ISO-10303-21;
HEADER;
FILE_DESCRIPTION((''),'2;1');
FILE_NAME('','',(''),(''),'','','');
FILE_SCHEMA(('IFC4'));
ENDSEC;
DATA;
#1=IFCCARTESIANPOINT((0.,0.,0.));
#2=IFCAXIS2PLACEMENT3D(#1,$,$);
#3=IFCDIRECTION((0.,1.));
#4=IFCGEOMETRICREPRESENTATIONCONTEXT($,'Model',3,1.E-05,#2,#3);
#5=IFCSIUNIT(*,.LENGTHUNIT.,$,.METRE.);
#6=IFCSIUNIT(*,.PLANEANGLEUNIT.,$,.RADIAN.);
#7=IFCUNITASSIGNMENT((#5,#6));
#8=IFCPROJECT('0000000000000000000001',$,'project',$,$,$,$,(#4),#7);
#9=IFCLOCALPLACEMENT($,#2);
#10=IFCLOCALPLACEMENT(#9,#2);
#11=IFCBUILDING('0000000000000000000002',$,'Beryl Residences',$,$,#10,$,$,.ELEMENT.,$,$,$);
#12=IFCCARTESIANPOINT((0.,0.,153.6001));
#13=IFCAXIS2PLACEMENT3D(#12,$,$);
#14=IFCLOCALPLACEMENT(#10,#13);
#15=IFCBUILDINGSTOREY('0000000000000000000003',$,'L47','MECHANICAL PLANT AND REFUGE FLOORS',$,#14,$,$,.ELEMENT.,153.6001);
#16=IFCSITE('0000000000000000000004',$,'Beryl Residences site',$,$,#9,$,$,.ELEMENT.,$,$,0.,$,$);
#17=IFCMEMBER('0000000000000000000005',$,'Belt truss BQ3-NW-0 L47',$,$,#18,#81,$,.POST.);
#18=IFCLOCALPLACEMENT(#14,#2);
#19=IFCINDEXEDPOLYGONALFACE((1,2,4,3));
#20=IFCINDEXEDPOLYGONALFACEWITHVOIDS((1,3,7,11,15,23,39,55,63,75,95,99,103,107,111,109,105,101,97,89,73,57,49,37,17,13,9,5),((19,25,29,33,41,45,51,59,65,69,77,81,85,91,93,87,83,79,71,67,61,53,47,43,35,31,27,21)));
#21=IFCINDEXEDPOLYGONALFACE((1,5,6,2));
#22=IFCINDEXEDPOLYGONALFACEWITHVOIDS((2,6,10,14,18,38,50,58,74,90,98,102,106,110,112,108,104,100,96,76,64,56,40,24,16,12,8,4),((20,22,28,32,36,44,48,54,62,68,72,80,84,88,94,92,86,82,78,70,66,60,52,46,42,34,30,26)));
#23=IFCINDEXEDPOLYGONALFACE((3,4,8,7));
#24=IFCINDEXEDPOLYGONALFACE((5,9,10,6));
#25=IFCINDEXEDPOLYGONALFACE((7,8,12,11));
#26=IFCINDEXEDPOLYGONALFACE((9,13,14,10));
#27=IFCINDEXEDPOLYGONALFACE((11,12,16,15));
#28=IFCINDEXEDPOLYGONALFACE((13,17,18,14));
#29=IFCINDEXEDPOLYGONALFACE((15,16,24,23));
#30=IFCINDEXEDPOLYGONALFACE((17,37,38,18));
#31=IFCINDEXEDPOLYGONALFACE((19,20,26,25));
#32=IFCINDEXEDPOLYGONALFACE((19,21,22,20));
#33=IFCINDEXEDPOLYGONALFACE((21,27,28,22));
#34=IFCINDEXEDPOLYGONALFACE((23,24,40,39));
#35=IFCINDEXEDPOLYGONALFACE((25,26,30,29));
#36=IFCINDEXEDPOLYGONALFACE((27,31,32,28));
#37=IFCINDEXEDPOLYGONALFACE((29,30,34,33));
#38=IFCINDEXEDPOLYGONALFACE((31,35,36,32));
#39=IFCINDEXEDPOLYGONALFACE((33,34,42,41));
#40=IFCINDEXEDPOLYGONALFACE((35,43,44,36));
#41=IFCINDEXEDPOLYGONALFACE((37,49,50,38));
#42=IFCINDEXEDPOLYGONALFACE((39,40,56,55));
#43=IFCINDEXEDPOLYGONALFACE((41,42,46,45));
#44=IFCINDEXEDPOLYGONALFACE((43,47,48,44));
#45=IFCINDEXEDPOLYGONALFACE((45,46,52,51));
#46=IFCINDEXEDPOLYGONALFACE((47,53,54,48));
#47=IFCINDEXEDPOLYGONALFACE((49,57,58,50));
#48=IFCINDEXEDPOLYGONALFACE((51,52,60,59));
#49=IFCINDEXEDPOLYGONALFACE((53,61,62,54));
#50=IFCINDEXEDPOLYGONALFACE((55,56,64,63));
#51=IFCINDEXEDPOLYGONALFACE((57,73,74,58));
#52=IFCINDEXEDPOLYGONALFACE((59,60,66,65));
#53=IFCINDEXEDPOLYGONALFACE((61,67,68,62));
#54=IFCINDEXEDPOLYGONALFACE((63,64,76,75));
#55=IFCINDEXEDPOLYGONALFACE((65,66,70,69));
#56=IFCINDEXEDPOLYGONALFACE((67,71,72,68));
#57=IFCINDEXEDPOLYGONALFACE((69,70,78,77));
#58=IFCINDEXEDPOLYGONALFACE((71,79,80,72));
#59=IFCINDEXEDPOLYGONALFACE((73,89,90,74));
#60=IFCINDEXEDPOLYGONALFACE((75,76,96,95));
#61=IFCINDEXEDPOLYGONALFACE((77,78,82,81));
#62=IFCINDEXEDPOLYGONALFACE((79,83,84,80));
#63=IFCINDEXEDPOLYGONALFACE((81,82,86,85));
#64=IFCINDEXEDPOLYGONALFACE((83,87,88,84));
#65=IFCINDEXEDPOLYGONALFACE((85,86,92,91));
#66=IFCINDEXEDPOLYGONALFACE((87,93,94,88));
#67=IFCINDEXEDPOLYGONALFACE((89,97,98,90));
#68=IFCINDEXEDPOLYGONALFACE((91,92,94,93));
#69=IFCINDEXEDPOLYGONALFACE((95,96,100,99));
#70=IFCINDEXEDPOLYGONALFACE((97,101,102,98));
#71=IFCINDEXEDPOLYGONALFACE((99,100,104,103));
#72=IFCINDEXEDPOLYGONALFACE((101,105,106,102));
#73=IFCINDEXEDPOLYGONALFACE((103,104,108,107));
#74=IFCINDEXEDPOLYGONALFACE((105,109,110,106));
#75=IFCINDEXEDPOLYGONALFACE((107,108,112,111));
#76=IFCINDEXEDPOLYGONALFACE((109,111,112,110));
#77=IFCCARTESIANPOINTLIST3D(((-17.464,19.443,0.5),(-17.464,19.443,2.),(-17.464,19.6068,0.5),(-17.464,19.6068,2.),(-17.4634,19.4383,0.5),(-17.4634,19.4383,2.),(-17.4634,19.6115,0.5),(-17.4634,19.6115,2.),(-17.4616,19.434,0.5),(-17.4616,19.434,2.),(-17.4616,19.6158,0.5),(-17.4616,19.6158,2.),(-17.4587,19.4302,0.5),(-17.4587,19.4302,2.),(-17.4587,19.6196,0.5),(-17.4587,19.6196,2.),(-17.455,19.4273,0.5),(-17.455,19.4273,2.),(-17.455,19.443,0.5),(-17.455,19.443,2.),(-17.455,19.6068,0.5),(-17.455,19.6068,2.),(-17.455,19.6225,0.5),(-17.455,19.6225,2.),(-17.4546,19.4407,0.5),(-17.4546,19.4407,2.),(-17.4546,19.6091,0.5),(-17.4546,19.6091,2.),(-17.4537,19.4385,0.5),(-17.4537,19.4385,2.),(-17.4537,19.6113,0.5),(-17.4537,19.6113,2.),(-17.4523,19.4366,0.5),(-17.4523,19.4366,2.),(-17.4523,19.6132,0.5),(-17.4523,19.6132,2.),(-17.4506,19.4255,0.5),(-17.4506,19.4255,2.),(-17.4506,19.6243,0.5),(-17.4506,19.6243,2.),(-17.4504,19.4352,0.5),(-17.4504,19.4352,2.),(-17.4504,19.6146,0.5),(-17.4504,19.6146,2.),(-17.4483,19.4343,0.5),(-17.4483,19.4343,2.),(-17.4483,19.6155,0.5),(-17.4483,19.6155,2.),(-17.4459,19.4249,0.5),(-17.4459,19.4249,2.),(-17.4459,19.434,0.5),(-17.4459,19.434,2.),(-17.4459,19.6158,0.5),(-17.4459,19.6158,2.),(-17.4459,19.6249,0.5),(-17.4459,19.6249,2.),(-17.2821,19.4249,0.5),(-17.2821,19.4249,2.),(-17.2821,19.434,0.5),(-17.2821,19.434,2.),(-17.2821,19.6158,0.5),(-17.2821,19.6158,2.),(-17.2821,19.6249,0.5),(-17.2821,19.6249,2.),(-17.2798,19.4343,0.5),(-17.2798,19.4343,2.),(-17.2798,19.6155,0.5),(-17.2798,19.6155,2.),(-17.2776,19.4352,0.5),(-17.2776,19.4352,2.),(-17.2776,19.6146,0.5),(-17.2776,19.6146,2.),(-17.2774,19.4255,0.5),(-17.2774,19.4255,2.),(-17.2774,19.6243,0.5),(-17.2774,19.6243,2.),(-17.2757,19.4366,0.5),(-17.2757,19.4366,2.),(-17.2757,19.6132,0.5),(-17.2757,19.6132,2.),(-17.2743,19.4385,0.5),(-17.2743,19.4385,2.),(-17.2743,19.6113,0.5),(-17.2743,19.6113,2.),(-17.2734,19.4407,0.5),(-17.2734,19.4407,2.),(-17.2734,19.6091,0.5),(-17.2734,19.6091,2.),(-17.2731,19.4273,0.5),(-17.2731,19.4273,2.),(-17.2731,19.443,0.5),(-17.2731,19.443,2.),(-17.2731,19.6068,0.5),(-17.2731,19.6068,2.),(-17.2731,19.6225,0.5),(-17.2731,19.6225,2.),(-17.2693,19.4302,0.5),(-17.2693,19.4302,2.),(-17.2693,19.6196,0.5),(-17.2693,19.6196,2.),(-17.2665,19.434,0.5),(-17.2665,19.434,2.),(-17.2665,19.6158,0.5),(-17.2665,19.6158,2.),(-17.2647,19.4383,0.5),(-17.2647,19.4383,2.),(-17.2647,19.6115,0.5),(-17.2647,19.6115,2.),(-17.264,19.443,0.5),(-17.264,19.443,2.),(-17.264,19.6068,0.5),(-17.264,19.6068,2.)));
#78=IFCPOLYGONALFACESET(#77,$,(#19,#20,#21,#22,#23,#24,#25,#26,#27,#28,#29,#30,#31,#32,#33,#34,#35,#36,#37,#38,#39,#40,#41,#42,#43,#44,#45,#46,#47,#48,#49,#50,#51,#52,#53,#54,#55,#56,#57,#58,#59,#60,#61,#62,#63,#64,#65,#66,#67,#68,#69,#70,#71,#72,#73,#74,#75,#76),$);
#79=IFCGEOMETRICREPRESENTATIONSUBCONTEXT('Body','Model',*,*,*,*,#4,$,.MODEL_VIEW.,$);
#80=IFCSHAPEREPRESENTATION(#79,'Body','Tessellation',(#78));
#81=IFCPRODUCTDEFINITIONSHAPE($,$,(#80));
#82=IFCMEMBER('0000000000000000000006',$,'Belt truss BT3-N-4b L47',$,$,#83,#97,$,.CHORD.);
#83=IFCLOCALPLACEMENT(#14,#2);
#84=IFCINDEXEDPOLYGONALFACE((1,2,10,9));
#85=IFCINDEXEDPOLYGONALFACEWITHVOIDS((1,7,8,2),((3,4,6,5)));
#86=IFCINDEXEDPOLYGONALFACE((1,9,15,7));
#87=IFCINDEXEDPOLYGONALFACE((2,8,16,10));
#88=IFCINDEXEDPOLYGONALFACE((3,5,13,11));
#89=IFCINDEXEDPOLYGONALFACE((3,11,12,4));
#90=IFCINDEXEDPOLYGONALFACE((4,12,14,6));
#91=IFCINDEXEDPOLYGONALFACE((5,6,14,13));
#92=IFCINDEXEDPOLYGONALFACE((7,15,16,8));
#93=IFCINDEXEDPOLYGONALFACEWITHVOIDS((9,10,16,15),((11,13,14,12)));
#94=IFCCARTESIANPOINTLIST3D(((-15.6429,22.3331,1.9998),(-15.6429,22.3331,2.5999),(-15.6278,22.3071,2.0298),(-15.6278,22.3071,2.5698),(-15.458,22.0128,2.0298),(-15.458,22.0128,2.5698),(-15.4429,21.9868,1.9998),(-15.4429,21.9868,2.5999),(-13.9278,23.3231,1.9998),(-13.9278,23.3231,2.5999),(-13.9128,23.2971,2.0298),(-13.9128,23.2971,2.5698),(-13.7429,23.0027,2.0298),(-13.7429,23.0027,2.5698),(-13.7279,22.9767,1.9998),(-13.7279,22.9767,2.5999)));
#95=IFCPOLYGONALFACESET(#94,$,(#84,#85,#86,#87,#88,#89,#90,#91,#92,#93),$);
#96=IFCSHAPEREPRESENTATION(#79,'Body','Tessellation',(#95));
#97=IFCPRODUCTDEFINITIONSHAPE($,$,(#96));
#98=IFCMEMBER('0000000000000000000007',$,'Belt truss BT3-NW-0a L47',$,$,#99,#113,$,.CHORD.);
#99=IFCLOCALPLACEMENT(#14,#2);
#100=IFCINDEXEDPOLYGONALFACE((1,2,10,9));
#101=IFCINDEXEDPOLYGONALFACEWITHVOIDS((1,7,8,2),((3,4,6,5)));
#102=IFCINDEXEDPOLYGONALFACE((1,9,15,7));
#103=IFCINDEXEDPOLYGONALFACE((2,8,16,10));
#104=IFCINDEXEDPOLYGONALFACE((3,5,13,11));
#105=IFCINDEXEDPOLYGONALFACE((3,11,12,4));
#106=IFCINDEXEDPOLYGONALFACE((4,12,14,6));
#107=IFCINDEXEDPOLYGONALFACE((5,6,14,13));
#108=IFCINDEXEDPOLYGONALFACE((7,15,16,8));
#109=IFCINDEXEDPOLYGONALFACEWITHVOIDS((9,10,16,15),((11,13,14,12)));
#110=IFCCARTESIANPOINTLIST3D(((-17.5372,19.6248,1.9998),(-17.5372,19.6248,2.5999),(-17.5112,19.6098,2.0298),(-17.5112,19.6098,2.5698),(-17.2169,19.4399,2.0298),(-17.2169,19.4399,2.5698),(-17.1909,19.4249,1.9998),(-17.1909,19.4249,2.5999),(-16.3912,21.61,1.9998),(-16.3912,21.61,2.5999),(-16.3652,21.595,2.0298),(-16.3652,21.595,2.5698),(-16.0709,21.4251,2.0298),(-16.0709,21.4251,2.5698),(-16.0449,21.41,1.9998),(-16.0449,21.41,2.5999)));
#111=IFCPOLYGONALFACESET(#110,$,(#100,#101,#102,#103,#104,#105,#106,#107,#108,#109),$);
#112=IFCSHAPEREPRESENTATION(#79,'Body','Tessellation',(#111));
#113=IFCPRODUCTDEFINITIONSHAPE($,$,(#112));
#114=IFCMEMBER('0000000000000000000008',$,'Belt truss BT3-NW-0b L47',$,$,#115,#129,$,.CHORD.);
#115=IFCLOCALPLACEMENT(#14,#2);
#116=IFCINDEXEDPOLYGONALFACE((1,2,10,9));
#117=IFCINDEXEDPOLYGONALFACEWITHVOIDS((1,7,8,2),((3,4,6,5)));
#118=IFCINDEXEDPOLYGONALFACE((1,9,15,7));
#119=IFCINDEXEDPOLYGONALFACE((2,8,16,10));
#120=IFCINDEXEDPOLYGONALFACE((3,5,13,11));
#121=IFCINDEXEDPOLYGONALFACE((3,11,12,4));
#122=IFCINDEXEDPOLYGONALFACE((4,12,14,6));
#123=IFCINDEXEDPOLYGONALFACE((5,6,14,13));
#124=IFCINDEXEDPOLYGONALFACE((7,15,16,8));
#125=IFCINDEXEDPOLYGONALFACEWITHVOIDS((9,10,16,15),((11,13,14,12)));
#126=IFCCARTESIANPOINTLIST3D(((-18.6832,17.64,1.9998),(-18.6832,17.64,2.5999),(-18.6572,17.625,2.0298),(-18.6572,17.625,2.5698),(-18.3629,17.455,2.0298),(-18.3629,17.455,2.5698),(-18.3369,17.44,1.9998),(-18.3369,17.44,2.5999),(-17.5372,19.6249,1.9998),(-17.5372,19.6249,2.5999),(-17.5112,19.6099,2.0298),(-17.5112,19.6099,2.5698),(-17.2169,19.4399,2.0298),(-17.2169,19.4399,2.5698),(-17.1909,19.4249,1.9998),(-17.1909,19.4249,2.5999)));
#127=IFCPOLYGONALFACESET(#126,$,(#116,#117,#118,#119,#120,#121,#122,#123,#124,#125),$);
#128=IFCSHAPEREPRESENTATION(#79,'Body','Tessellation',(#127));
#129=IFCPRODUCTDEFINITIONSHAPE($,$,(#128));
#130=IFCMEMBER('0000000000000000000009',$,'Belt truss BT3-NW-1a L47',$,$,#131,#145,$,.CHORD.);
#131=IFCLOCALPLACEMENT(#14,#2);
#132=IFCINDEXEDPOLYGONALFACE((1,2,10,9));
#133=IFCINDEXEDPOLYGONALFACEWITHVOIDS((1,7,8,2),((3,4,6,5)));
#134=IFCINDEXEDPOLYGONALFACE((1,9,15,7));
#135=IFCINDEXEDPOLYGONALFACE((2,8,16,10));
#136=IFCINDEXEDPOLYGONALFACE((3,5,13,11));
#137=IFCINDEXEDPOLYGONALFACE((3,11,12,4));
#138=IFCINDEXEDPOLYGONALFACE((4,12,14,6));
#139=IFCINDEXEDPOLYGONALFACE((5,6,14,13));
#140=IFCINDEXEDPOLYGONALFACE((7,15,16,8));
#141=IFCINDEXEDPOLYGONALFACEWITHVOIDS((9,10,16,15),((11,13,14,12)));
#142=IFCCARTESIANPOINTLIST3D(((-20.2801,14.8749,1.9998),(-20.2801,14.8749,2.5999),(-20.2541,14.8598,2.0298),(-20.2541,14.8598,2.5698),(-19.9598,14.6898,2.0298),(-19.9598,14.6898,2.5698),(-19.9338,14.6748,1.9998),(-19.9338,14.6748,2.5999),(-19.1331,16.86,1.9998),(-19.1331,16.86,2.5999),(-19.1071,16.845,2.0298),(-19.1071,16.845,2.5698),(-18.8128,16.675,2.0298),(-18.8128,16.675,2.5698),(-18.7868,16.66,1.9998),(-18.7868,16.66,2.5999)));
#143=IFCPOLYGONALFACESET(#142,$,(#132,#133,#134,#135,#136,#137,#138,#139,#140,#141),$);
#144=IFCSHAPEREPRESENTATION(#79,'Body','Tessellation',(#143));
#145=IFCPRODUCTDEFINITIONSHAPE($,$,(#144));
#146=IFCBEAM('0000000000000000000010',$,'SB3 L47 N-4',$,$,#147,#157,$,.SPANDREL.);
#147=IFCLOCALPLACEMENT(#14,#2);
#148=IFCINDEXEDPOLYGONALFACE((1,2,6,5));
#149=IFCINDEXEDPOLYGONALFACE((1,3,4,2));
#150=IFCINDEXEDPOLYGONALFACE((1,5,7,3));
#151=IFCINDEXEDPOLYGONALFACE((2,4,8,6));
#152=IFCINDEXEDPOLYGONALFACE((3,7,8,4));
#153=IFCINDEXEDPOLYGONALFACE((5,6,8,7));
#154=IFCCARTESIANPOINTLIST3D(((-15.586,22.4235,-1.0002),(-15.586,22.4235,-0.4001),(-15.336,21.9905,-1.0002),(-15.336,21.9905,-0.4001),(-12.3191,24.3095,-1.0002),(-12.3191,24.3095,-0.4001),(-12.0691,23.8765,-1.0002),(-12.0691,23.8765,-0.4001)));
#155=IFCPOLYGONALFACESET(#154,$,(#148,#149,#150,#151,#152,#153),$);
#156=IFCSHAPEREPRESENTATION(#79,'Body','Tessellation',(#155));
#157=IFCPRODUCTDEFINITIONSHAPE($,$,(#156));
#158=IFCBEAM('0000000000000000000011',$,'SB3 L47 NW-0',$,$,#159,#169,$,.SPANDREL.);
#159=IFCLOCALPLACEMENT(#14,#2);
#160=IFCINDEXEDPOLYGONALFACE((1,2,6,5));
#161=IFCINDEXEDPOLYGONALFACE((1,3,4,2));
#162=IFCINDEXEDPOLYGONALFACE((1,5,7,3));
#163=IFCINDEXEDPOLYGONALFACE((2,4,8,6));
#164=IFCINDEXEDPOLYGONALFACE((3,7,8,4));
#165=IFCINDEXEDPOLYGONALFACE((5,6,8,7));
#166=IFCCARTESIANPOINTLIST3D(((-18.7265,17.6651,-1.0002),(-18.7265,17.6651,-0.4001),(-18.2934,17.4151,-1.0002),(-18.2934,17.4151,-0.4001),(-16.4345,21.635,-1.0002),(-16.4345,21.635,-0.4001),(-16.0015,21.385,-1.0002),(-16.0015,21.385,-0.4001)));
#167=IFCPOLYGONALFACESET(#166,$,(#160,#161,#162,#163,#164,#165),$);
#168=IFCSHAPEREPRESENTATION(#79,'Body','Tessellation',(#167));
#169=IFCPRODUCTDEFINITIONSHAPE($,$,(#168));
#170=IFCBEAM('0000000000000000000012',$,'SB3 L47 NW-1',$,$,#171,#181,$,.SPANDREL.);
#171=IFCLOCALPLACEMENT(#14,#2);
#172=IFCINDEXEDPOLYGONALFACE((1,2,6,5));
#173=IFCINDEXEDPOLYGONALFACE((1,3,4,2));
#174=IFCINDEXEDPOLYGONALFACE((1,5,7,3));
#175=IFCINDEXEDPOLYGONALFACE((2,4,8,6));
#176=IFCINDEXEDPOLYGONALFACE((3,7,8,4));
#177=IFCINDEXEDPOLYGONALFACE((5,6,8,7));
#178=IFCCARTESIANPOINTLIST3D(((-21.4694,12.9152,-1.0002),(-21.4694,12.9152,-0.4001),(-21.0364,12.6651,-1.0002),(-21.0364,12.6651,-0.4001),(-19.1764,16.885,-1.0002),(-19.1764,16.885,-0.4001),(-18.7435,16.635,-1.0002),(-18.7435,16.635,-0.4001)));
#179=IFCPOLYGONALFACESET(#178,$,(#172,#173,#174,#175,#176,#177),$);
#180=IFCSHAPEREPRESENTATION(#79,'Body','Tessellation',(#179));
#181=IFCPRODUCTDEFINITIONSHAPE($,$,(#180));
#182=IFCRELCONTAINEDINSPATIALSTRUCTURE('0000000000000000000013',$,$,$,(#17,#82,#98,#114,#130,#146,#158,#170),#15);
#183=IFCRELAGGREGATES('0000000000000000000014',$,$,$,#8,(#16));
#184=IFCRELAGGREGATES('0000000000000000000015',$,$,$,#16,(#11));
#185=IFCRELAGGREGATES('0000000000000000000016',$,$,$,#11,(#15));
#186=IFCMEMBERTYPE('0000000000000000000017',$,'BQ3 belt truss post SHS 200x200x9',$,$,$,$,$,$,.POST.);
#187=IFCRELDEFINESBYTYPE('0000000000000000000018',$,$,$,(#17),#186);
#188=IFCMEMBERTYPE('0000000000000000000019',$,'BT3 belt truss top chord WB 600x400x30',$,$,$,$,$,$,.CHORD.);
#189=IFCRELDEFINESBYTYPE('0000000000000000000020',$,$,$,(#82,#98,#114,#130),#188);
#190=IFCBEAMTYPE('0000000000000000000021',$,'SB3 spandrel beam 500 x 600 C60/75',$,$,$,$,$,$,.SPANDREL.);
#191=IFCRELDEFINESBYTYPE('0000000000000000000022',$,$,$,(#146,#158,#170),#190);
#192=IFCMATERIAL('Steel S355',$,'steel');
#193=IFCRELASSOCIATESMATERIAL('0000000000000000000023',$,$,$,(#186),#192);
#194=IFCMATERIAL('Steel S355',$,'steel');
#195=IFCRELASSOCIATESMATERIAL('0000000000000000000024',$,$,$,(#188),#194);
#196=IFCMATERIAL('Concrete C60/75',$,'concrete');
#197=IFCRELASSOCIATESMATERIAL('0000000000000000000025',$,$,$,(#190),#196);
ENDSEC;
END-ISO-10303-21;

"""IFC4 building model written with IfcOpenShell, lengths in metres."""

from ifc_helpers import new_model, si_unit, direction, frame, origin, origin_2d, place, context, subcontext, project, spatial, rectangle, hollow_rectangle, extrude, material, material_profile, profile_set, type_object, element, save


model = new_model("IFC4")

# Units and contexts
model_context = context("Model", 3, precision=1e-05, world=origin(), true_north=direction((0.0, 1.0)))
body_context = subcontext(model_context, "Body", "Model", "MODEL_VIEW")
ifc_project = project(units=[si_unit("LENGTHUNIT", "METRE"), si_unit("PLANEANGLEUNIT", "RADIAN")], contexts=[model_context])

# Site, building, storey
site_placement = place(None, origin())
site = spatial("IfcSite", under=ifc_project, at=site_placement, Name="Beryl Residences site", CompositionType="ELEMENT", RefElevation=0.0)
building_placement = place(site_placement, origin())
building = spatial("IfcBuilding", under=site, at=building_placement, Name="Beryl Residences", CompositionType="ELEMENT")
storey_placement = place(building_placement, frame((0.0, 0.0, 153.6001)))
storey = spatial("IfcBuildingStorey", under=building, at=storey_placement, Name="L47", Description="MECHANICAL PLANT AND REFUGE FLOORS", CompositionType="ELEMENT", Elevation=153.6001)

# Members
ifc_material_1 = material(Name="Steel S355", Category="steel")
ifc_material_profile_1 = material_profile(ifc_material_1, hollow_rectangle(XDim=0.2, YDim=0.2, WallThickness=0.009, InnerFilletRadius=0.009, OuterFilletRadius=0.0181, at=origin_2d()))
ifc_profile_set_1 = profile_set([ifc_material_profile_1], Name="Steel S355")
member_type_1 = type_object("IfcMemberType", Name="BQ3 belt truss post SHS 200x200x9", PredefinedType="POST", material=ifc_profile_set_1)
for number, where, z_axis, x_axis, name in (
    (1, (-17.364, 19.5249, 0.5), (0.0, 0.0, 1.0), (1.0, 0.0, 0.0), "Belt truss BQ3-NW-0 L47"),
):
    element("IfcMember", number, at=place(storey_placement, frame(where, z_axis=z_axis, x_axis=x_axis)), inside=storey, type_object=member_type_1, Name=name, PredefinedType="POST", context=body_context, shape_type="SweptSolid", body=[
        extrude(hollow_rectangle(XDim=0.2, YDim=0.2, WallThickness=0.009, InnerFilletRadius=0.009, OuterFilletRadius=0.0181, at=origin_2d()), origin(), (0.0, 0.0, 1.0), 1.5),
    ])
ifc_material_2 = material(Name="Steel S355", Category="steel")
ifc_material_profile_2 = material_profile(ifc_material_2, hollow_rectangle(XDim=0.3999, YDim=0.6001, WallThickness=0.03, at=origin_2d()))
ifc_profile_set_2 = profile_set([ifc_material_profile_2], Name="Steel S355")
member_type_2 = type_object("IfcMemberType", Name="BT3 belt truss top chord WB 600x400x30", PredefinedType="CHORD", material=ifc_profile_set_2)
member_1_placement = place(storey_placement, frame((-13.8279, 23.1499, 2.2998), z_axis=(-0.866073, -0.499918, 0.0), x_axis=(0.499918, -0.866073, 0.0)))
element("IfcMember", 2, at=member_1_placement, inside=storey, type_object=member_type_2, Name="Belt truss BT3-N-4b L47", PredefinedType="CHORD", context=body_context, shape_type="SweptSolid", body=[
    extrude(hollow_rectangle(XDim=0.3999, YDim=0.6001, WallThickness=0.03, at=origin_2d()), origin(), (0.0, 0.0, 1.0), 1.9802),
])
member_2_placement = place(storey_placement, frame((-16.218, 21.51, 2.2998), z_axis=(-0.499965, -0.866045, 0.0), x_axis=(0.866045, -0.499965, 0.0)))
element("IfcMember", 3, at=member_2_placement, inside=storey, type_object=member_type_2, Name="Belt truss BT3-NW-0a L47", PredefinedType="CHORD", context=body_context, shape_type="SweptSolid", body=[
    extrude(hollow_rectangle(XDim=0.3999, YDim=0.6001, WallThickness=0.03, at=origin_2d()), origin(), (0.0, 0.0, 1.0), 2.2922),
])
member_3_placement = place(storey_placement, frame((-17.364, 19.5249, 2.2998), z_axis=(-0.500011, -0.866019, 0.0), x_axis=(0.866019, -0.500011, 0.0)))
element("IfcMember", 4, at=member_3_placement, inside=storey, type_object=member_type_2, Name="Belt truss BT3-NW-0b L47", PredefinedType="CHORD", context=body_context, shape_type="SweptSolid", body=[
    extrude(hollow_rectangle(XDim=0.3999, YDim=0.6001, WallThickness=0.03, at=origin_2d()), origin(), (0.0, 0.0, 1.0), 2.292),
])
member_4_placement = place(storey_placement, frame((-18.96, 16.76, 2.2998), z_axis=(-0.500285, -0.865861, 0.0), x_axis=(0.865861, -0.500285, 0.0)))
element("IfcMember", 5, at=member_4_placement, inside=storey, type_object=member_type_2, Name="Belt truss BT3-NW-1a L47", PredefinedType="CHORD", context=body_context, shape_type="SweptSolid", body=[
    extrude(hollow_rectangle(XDim=0.3999, YDim=0.6001, WallThickness=0.03, at=origin_2d()), origin(), (0.0, 0.0, 1.0), 2.2927),
])

# Beams
ifc_material_3 = material(Name="Concrete C60/75", Category="concrete")
ifc_material_profile_3 = material_profile(ifc_material_3, rectangle(XDim=0.5, YDim=0.6001, at=origin_2d()))
ifc_profile_set_3 = profile_set([ifc_material_profile_3], Name="Concrete C60/75")
beam_type = type_object("IfcBeamType", Name="SB3 spandrel beam 500 x 600 C60/75", PredefinedType="SPANDREL", material=ifc_profile_set_3)
beam_1_placement = place(storey_placement, frame((-12.1941, 24.093, -0.7002), z_axis=(-0.86604, -0.499975, 0.0), x_axis=(0.499975, -0.86604, 0.0)))
element("IfcBeam", 6, at=beam_1_placement, inside=storey, type_object=beam_type, Name="SB3 L47 N-4", PredefinedType="SPANDREL", context=body_context, shape_type="SweptSolid", body=[
    extrude(rectangle(XDim=0.5, YDim=0.6001, at=origin_2d()), origin(), (0.0, 0.0, 1.0), 3.7722),
])
beam_2_placement = place(storey_placement, frame((-16.218, 21.51, -0.7002), z_axis=(-0.499988, -0.866032, 0.0), x_axis=(0.866032, -0.499988, 0.0)))
element("IfcBeam", 7, at=beam_2_placement, inside=storey, type_object=beam_type, Name="SB3 L47 NW-0", PredefinedType="SPANDREL", context=body_context, shape_type="SweptSolid", body=[
    extrude(rectangle(XDim=0.5, YDim=0.6001, at=origin_2d()), origin(), (0.0, 0.0, 1.0), 4.584),
])
beam_3_placement = place(storey_placement, frame((-18.96, 16.76, -0.7002), z_axis=(-0.500148, -0.86594, 0.0), x_axis=(0.86594, -0.500148, 0.0)))
element("IfcBeam", 8, at=beam_3_placement, inside=storey, type_object=beam_type, Name="SB3 L47 NW-1", PredefinedType="SPANDREL", context=body_context, shape_type="SweptSolid", body=[
    extrude(rectangle(XDim=0.5, YDim=0.6001, at=origin_2d()), origin(), (0.0, 0.0, 1.0), 4.5845),
])

save(model, "model.ifc")
